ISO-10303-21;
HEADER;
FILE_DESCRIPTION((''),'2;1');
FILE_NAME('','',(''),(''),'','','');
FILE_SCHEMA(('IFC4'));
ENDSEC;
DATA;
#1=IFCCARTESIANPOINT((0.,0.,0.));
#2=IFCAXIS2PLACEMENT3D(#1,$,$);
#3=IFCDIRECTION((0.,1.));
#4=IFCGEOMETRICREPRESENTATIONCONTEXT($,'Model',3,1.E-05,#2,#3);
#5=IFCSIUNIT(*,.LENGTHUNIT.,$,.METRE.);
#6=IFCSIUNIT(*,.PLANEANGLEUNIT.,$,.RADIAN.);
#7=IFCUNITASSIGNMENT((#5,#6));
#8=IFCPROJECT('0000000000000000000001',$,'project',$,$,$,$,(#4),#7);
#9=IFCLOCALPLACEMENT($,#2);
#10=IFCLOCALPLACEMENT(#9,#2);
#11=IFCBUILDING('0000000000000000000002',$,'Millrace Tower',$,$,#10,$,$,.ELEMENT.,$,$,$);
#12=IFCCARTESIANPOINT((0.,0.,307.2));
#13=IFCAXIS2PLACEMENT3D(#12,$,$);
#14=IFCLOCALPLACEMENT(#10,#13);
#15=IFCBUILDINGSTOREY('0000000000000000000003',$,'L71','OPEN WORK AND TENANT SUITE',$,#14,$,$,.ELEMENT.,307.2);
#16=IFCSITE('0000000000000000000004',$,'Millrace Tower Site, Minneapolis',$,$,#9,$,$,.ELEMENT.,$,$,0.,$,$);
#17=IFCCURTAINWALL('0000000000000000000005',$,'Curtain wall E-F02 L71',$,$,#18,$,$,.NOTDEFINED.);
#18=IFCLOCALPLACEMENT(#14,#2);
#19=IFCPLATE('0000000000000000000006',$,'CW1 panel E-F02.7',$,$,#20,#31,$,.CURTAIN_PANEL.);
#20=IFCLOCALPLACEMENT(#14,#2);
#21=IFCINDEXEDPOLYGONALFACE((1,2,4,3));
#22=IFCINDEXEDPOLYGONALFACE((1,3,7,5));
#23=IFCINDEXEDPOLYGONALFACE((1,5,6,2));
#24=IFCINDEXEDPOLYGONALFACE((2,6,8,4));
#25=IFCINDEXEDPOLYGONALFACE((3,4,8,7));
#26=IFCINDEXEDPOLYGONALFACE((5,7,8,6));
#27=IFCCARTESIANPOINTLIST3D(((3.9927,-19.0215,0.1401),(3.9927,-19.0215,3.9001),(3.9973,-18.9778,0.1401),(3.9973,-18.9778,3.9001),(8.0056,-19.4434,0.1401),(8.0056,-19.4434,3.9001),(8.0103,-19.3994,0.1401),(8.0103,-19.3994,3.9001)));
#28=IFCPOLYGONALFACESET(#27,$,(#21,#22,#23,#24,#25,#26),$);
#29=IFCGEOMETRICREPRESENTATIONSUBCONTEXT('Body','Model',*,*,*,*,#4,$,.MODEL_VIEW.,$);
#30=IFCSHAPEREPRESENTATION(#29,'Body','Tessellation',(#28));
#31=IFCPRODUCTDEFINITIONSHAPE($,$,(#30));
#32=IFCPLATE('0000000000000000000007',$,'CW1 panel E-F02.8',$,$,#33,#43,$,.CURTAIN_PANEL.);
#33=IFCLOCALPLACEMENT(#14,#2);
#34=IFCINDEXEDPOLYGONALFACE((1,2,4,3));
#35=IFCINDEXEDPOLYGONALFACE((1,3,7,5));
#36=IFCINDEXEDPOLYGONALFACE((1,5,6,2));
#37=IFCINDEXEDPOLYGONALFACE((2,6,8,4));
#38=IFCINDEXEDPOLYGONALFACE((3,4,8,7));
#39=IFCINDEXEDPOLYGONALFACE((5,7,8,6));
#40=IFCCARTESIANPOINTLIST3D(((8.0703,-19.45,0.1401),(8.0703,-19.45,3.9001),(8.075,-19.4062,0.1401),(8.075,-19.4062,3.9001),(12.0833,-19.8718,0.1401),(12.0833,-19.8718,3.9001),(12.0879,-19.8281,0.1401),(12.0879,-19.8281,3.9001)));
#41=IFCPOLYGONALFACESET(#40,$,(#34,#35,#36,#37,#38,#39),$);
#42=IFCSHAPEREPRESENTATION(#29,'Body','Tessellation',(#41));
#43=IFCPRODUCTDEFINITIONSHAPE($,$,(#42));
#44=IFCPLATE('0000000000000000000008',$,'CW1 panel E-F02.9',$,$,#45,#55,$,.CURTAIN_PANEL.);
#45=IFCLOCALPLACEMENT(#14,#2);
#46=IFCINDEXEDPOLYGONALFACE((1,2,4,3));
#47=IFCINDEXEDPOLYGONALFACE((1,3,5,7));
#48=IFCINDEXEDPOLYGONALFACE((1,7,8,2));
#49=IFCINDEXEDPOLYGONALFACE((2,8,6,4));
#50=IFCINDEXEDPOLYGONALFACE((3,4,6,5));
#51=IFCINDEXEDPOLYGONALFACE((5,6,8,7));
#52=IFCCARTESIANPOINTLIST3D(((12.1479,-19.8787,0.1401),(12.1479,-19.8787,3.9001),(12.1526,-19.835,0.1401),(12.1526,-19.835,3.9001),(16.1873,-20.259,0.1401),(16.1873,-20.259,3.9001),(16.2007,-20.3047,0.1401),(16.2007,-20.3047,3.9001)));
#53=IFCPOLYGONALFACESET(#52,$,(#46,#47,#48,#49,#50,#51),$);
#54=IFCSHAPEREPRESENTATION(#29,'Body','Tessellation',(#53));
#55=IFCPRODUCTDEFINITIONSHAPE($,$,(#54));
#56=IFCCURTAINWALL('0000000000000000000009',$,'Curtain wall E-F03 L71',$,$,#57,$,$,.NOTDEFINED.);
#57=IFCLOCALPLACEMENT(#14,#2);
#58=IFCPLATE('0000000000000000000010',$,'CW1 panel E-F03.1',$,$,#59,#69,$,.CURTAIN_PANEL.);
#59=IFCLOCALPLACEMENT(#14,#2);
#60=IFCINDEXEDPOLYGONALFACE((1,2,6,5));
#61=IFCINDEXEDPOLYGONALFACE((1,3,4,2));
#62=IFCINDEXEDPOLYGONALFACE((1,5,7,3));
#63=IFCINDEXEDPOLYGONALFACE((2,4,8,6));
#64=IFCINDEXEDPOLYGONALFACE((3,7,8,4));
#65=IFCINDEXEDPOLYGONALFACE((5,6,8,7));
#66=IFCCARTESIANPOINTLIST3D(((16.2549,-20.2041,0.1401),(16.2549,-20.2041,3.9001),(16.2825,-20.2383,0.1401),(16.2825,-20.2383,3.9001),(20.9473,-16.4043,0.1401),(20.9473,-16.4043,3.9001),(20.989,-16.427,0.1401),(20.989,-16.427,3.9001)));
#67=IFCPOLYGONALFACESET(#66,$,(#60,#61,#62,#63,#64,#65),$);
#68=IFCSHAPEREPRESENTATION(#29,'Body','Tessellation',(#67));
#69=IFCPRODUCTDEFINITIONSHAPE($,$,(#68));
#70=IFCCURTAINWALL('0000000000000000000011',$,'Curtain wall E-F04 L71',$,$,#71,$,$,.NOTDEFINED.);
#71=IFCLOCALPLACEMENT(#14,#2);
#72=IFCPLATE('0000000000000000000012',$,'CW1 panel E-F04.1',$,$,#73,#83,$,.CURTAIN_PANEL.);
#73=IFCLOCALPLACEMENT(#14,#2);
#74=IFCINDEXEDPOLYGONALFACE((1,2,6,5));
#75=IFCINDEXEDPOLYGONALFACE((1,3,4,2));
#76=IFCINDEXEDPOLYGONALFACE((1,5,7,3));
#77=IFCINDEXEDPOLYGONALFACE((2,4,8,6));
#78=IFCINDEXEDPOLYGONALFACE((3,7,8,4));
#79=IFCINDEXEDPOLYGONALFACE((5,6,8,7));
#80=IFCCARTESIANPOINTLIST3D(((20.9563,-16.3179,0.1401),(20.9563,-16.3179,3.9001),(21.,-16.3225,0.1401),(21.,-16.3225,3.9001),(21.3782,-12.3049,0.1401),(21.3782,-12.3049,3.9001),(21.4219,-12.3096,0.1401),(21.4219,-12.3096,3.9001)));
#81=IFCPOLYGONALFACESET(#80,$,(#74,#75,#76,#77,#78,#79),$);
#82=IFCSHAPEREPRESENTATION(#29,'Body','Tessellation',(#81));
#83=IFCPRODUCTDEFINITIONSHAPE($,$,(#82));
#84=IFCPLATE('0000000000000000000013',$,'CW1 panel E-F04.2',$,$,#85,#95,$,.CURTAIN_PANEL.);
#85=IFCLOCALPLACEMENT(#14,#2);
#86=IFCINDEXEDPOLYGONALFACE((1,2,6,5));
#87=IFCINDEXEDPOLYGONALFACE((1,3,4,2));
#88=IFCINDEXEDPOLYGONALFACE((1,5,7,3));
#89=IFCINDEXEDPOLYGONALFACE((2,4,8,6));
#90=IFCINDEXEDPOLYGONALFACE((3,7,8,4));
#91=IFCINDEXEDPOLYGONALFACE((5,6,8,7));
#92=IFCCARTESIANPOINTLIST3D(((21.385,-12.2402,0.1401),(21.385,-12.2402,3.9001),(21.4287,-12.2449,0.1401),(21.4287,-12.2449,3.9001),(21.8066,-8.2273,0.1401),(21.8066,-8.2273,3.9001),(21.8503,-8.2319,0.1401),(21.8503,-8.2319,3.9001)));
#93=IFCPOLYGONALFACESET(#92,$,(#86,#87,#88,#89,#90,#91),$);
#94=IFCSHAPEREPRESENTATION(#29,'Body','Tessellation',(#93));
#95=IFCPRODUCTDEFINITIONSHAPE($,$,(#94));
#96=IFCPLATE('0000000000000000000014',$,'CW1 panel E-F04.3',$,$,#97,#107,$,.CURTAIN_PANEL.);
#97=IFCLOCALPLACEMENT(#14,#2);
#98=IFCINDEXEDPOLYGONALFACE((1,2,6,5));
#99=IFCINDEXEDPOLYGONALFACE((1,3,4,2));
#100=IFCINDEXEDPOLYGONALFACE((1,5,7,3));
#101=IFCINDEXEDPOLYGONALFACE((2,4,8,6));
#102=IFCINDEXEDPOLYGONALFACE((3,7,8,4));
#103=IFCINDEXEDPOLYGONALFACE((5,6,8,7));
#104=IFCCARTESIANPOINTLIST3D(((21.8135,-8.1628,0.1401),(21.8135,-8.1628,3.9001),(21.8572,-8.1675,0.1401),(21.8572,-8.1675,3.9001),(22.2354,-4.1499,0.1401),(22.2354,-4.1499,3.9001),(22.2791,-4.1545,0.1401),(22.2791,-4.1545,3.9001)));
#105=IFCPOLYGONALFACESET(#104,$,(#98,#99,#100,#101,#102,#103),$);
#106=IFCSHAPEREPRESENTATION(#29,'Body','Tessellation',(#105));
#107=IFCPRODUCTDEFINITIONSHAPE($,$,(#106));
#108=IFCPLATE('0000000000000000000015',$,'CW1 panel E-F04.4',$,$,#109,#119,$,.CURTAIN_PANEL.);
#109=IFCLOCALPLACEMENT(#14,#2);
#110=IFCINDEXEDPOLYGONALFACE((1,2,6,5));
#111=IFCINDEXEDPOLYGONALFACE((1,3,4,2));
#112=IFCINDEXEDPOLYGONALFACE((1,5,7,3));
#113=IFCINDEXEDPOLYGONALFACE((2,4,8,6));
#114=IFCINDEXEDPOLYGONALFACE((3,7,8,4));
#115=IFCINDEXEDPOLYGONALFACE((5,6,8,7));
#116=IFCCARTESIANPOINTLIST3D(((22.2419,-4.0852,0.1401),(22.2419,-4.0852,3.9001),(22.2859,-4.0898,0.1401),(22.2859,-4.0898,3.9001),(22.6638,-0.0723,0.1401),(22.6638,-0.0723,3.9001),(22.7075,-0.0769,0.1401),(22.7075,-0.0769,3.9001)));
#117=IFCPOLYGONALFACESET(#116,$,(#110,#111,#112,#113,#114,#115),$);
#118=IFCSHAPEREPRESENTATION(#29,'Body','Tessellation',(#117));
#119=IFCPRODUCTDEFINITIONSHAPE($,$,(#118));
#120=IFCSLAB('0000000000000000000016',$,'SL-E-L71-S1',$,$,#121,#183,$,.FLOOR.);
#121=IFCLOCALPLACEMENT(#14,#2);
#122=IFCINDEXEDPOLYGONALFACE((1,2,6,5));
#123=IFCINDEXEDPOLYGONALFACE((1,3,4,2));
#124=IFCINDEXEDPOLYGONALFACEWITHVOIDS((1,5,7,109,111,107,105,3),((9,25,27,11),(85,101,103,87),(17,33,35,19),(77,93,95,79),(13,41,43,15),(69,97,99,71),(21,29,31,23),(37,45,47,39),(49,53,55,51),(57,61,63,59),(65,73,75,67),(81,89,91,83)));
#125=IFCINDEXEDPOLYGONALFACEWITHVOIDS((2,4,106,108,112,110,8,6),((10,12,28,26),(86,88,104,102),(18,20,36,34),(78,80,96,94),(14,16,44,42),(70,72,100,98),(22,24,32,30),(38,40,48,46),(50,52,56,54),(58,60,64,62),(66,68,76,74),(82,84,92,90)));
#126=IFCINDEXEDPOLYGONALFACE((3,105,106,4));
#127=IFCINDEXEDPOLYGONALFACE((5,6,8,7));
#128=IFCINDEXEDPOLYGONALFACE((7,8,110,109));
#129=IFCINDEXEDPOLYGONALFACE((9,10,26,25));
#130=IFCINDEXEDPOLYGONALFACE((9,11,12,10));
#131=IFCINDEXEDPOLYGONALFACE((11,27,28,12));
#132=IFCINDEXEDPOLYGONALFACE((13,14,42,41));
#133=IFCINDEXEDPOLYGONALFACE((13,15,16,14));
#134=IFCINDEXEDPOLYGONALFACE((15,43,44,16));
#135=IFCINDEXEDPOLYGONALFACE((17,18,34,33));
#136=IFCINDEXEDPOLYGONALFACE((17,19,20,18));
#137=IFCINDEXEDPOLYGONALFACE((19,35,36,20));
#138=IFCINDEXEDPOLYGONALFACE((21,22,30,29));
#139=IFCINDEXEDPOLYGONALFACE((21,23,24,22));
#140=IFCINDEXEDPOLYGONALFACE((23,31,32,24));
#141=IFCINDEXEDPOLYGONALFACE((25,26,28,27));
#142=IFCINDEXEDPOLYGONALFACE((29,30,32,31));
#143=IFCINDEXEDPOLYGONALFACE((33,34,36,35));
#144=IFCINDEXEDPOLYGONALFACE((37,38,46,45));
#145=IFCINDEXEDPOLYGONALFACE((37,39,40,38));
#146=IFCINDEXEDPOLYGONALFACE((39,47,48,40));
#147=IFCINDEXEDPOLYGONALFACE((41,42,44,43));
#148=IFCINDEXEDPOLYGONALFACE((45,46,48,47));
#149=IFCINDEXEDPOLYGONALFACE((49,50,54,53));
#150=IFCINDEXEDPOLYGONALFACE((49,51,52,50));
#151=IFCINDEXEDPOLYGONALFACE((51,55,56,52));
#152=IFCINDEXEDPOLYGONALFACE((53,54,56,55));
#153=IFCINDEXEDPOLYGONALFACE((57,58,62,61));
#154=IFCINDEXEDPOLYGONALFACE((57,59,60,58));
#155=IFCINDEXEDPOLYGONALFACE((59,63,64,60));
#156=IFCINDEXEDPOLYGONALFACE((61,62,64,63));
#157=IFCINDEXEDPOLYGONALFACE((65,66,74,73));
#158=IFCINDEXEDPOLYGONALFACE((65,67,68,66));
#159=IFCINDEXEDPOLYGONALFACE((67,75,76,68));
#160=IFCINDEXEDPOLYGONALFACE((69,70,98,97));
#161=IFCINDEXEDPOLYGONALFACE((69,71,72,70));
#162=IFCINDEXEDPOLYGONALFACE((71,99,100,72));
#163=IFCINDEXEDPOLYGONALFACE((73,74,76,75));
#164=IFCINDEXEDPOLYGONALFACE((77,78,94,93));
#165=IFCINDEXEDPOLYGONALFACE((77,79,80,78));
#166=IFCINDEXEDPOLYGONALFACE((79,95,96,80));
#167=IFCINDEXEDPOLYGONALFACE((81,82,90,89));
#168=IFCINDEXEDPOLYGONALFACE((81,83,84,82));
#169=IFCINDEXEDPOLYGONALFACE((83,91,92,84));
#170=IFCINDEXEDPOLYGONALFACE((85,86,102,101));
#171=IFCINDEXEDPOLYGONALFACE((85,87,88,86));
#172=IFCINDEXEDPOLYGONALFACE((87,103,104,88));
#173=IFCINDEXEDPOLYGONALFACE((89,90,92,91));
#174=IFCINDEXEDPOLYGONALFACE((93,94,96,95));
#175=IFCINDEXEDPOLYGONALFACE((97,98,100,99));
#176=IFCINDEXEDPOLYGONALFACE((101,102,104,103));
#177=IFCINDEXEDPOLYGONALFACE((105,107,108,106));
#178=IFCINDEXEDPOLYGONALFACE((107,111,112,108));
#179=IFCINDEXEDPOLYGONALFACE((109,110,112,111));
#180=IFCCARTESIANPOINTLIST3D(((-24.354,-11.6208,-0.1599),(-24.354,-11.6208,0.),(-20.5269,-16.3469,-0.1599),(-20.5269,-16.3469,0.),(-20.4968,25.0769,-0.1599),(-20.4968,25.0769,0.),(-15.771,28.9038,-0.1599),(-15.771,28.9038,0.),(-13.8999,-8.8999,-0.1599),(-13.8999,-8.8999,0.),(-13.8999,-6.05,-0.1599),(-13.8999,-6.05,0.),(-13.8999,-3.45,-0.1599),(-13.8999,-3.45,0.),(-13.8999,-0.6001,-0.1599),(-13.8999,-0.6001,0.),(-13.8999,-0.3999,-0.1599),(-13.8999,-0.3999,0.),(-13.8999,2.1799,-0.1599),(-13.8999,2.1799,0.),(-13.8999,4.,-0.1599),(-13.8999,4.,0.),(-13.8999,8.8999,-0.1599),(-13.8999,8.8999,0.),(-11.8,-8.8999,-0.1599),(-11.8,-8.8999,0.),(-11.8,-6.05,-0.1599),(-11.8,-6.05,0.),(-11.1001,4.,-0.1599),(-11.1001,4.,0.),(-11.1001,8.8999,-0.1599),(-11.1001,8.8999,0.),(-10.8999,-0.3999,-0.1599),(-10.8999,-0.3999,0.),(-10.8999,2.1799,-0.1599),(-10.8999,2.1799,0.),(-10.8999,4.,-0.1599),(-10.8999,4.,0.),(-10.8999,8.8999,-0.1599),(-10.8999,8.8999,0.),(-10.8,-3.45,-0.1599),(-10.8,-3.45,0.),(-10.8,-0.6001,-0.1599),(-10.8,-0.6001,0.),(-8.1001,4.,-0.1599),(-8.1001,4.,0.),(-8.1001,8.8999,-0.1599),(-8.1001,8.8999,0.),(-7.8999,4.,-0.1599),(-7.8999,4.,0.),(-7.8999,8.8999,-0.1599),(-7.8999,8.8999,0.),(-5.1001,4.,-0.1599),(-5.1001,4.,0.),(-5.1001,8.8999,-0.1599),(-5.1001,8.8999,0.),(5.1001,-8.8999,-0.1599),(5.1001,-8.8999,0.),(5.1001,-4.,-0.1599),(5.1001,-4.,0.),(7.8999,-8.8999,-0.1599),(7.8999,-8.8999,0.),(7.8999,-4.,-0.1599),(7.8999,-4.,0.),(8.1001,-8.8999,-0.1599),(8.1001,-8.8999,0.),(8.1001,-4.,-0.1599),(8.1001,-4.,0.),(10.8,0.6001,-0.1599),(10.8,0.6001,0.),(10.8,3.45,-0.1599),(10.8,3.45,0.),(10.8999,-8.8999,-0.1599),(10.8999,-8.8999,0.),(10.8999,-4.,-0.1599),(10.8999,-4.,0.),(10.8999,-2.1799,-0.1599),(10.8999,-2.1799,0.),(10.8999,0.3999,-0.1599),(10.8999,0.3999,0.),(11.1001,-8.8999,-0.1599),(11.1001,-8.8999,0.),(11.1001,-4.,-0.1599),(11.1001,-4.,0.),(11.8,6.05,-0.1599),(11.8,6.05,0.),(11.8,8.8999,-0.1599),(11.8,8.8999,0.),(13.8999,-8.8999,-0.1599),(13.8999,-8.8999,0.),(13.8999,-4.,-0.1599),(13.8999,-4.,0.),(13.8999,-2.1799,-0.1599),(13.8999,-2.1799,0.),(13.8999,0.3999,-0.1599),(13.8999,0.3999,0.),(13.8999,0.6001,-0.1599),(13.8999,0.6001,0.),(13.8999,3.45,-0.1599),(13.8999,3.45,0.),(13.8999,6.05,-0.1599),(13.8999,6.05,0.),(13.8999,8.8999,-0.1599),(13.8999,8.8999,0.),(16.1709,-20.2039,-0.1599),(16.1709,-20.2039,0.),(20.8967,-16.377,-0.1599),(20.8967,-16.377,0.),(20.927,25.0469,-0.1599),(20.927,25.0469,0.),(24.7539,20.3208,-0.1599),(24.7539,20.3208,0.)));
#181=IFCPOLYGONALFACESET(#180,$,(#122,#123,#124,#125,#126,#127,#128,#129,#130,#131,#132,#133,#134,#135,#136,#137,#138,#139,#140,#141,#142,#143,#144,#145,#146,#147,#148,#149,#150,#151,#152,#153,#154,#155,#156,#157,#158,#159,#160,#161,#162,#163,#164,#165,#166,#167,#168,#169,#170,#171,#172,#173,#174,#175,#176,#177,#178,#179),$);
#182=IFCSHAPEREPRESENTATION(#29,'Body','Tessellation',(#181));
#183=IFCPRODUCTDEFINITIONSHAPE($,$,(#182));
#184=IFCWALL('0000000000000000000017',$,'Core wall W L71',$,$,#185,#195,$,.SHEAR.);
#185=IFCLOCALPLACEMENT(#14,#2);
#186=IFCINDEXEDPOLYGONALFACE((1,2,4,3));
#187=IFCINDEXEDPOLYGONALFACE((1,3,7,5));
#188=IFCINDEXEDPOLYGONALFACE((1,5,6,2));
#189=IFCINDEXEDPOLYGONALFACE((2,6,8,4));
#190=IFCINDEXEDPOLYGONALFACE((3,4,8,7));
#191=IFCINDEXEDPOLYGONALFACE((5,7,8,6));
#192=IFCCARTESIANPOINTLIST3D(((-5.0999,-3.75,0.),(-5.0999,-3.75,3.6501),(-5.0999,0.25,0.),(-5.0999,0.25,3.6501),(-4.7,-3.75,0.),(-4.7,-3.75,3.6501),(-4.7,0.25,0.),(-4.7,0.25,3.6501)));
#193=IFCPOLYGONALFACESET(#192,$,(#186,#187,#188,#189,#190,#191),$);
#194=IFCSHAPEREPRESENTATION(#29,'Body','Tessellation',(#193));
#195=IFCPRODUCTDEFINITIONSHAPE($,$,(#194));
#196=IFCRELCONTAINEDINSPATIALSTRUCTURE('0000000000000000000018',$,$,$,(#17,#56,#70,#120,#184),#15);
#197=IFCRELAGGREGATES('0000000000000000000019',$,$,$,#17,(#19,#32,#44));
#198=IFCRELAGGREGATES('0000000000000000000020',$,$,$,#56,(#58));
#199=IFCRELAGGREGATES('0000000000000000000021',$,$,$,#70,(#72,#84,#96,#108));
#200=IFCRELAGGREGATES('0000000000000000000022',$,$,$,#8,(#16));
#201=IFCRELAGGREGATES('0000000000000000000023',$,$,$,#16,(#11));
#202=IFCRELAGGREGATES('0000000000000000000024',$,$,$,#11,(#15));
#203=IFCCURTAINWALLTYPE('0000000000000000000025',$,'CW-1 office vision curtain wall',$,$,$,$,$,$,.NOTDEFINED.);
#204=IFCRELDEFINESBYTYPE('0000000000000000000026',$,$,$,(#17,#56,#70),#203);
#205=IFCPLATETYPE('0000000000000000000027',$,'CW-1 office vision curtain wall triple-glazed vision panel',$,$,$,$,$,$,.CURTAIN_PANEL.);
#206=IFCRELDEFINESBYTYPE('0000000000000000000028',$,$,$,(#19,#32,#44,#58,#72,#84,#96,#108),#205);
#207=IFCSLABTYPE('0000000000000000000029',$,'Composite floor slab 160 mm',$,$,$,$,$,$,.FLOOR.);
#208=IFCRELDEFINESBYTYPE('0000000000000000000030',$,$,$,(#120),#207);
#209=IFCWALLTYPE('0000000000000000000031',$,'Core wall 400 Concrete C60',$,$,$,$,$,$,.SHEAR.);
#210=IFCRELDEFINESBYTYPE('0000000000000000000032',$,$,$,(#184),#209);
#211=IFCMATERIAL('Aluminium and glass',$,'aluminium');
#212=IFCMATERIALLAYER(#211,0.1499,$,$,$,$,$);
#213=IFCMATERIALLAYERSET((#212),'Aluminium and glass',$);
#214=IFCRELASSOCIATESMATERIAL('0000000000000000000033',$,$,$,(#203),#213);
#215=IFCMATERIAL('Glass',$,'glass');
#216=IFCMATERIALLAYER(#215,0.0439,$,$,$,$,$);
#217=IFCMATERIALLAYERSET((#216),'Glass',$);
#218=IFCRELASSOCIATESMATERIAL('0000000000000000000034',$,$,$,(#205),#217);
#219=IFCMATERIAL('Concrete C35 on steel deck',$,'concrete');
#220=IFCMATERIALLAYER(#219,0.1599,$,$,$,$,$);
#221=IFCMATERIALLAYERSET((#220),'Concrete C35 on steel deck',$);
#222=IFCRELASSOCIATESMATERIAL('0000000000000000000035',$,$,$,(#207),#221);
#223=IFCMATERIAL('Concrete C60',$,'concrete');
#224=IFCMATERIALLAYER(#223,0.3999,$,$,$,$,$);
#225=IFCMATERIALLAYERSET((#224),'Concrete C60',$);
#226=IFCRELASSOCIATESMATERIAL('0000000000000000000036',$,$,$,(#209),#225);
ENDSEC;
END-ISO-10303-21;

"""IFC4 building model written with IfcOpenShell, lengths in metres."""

from ifc_helpers import new_model, si_unit, direction, frame, frame_2d, origin, place, context, subcontext, project, spatial, polyline, rectangle, outline, extrude, material, layer, layer_set, type_object, element, aggregate, save


model = new_model("IFC4")

# Units and contexts
model_context = context("Model", 3, precision=1e-05, world=origin(), true_north=direction((0.0, 1.0)))
body_context = subcontext(model_context, "Body", "Model", "MODEL_VIEW")
ifc_project = project(units=[si_unit("LENGTHUNIT", "METRE"), si_unit("PLANEANGLEUNIT", "RADIAN")], contexts=[model_context])

# Site, building, storey
site_placement = place(None, origin())
site = spatial("IfcSite", under=ifc_project, at=site_placement, Name="Millrace Tower Site, Minneapolis", CompositionType="ELEMENT", RefElevation=0.0)
building_placement = place(site_placement, origin())
building = spatial("IfcBuilding", under=site, at=building_placement, Name="Millrace Tower", CompositionType="ELEMENT")
storey_placement = place(building_placement, frame((0.0, 0.0, 307.2)))
storey = spatial("IfcBuildingStorey", under=building, at=storey_placement, Name="L71", Description="OPEN WORK AND TENANT SUITE", CompositionType="ELEMENT", Elevation=307.2)

# Shared definitions
ifc_material_1 = material(Name="Aluminium and glass", Category="aluminium")
ifc_layer_1 = layer(ifc_material_1, 0.1499)
ifc_layer_set_1 = layer_set([ifc_layer_1], Name="Aluminium and glass")
curtain_wall_type = type_object("IfcCurtainWallType", Name="CW-1 office vision curtain wall", PredefinedType="NOTDEFINED", material=ifc_layer_set_1)
placement_1 = place(storey_placement, origin())
ifc_material_2 = material(Name="Glass", Category="glass")
ifc_layer_2 = layer(ifc_material_2, 0.0439)
ifc_layer_set_2 = layer_set([ifc_layer_2], Name="Glass")
plate_type = type_object("IfcPlateType", Name="CW-1 office vision curtain wall triple-glazed vision panel", PredefinedType="CURTAIN_PANEL", material=ifc_layer_set_2)
placement_2 = place(storey_placement, frame((0.0, 0.0, 0.1401)))

# Curtain wall, plates
curtain_wall_1 = element("IfcCurtainWall", 1, at=placement_1, inside=storey, type_object=curtain_wall_type, Name="Curtain wall E-F02 L71", PredefinedType="NOTDEFINED")
plate_1 = element("IfcPlate", 2, at=placement_2, type_object=plate_type, Name="CW1 panel E-F02.7", PredefinedType="CURTAIN_PANEL", context=body_context, shape_type="SweptSolid", body=[
    extrude(outline(polyline([(3.9927, -19.0215), (8.0056, -19.4434), (8.0103, -19.3994), (3.9973, -18.9778), (3.9927, -19.0215)])), origin(), (0.0, 0.0, 1.0), 3.76),
])
plate_2 = element("IfcPlate", 3, at=placement_2, type_object=plate_type, Name="CW1 panel E-F02.8", PredefinedType="CURTAIN_PANEL", context=body_context, shape_type="SweptSolid", body=[
    extrude(outline(polyline([(8.0703, -19.45), (12.0833, -19.8718), (12.0879, -19.8281), (8.075, -19.4062), (8.0703, -19.45)])), origin(), (0.0, 0.0, 1.0), 3.76),
])
plate_3 = element("IfcPlate", 4, at=placement_2, type_object=plate_type, Name="CW1 panel E-F02.9", PredefinedType="CURTAIN_PANEL", context=body_context, shape_type="SweptSolid", body=[
    extrude(outline(polyline([(12.1479, -19.8787), (16.2007, -20.3047), (16.1873, -20.259), (12.1526, -19.835), (12.1479, -19.8787)])), origin(), (0.0, 0.0, 1.0), 3.76),
])
aggregate(curtain_wall_1, [plate_1, plate_2, plate_3])

# Curtain wall, plate
curtain_wall_2 = element("IfcCurtainWall", 5, at=placement_1, inside=storey, type_object=curtain_wall_type, Name="Curtain wall E-F03 L71", PredefinedType="NOTDEFINED")
plate_4 = element("IfcPlate", 6, at=placement_2, type_object=plate_type, Name="CW1 panel E-F03.1", PredefinedType="CURTAIN_PANEL", context=body_context, shape_type="SweptSolid", body=[
    extrude(outline(polyline([(16.2825, -20.2383), (20.989, -16.427), (20.9473, -16.4043), (16.2549, -20.2041), (16.2825, -20.2383)])), origin(), (0.0, 0.0, 1.0), 3.76),
])
aggregate(curtain_wall_2, [plate_4])

# Curtain wall, plates
curtain_wall_3 = element("IfcCurtainWall", 7, at=placement_1, inside=storey, type_object=curtain_wall_type, Name="Curtain wall E-F04 L71", PredefinedType="NOTDEFINED")
plate_5 = element("IfcPlate", 8, at=placement_2, type_object=plate_type, Name="CW1 panel E-F04.1", PredefinedType="CURTAIN_PANEL", context=body_context, shape_type="SweptSolid", body=[
    extrude(outline(polyline([(21.0, -16.3225), (21.4219, -12.3096), (21.3782, -12.3049), (20.9563, -16.3179), (21.0, -16.3225)])), origin(), (0.0, 0.0, 1.0), 3.76),
])
plate_6 = element("IfcPlate", 9, at=placement_2, type_object=plate_type, Name="CW1 panel E-F04.2", PredefinedType="CURTAIN_PANEL", context=body_context, shape_type="SweptSolid", body=[
    extrude(outline(polyline([(21.4287, -12.2449), (21.8503, -8.2319), (21.8066, -8.2273), (21.385, -12.2402), (21.4287, -12.2449)])), origin(), (0.0, 0.0, 1.0), 3.76),
])
plate_7 = element("IfcPlate", 10, at=placement_2, type_object=plate_type, Name="CW1 panel E-F04.3", PredefinedType="CURTAIN_PANEL", context=body_context, shape_type="SweptSolid", body=[
    extrude(outline(polyline([(21.8572, -8.1675), (22.2791, -4.1545), (22.2354, -4.1499), (21.8135, -8.1628), (21.8572, -8.1675)])), origin(), (0.0, 0.0, 1.0), 3.76),
])
plate_8 = element("IfcPlate", 11, at=placement_2, type_object=plate_type, Name="CW1 panel E-F04.4", PredefinedType="CURTAIN_PANEL", context=body_context, shape_type="SweptSolid", body=[
    extrude(outline(polyline([(22.2859, -4.0898), (22.7075, -0.0769), (22.6638, -0.0723), (22.2419, -4.0852), (22.2859, -4.0898)])), origin(), (0.0, 0.0, 1.0), 3.76),
])
aggregate(curtain_wall_3, [plate_5, plate_6, plate_7, plate_8])

# Slab
ifc_material_3 = material(Name="Concrete C35 on steel deck", Category="concrete")
ifc_layer_3 = layer(ifc_material_3, 0.1599)
ifc_layer_set_3 = layer_set([ifc_layer_3], Name="Concrete C35 on steel deck")
slab_type = type_object("IfcSlabType", Name="Composite floor slab 160 mm", PredefinedType="FLOOR", material=ifc_layer_set_3)
slab_placement = place(storey_placement, frame((0.0, 0.0, -0.1599)))
element("IfcSlab", 12, at=slab_placement, inside=storey, type_object=slab_type, Name="SL-E-L71-S1", PredefinedType="FLOOR", context=body_context, shape_type="SweptSolid", body=[
    extrude(outline(polyline([(-24.354, -11.6208), (-20.5269, -16.3469), (16.1709, -20.2039), (20.8967, -16.377), (24.7539, 20.3208), (20.927, 25.0469), (-15.771, 28.9038), (-20.4968, 25.0769), (-24.354, -11.6208)]), holes=[polyline([(-13.8999, -8.8999), (-11.8, -8.8999), (-11.8, -6.05), (-13.8999, -6.05), (-13.8999, -8.8999)]), polyline([(-13.8999, -3.45), (-10.8, -3.45), (-10.8, -0.6001), (-13.8999, -0.6001), (-13.8999, -3.45)]), polyline([(-13.8999, -0.3999), (-10.8999, -0.3999), (-10.8999, 2.1799), (-13.8999, 2.1799), (-13.8999, -0.3999)]), polyline([(-13.8999, 4.0), (-11.1001, 4.0), (-11.1001, 8.8999), (-13.8999, 8.8999), (-13.8999, 4.0)]), polyline([(-10.8999, 4.0), (-8.1001, 4.0), (-8.1001, 8.8999), (-10.8999, 8.8999), (-10.8999, 4.0)]), polyline([(-7.8999, 4.0), (-5.1001, 4.0), (-5.1001, 8.8999), (-7.8999, 8.8999), (-7.8999, 4.0)]), polyline([(11.8, 6.05), (13.8999, 6.05), (13.8999, 8.8999), (11.8, 8.8999), (11.8, 6.05)]), polyline([(10.8, 0.6001), (13.8999, 0.6001), (13.8999, 3.45), (10.8, 3.45), (10.8, 0.6001)]), polyline([(10.8999, -2.1799), (13.8999, -2.1799), (13.8999, 0.3999), (10.8999, 0.3999), (10.8999, -2.1799)]), polyline([(11.1001, -8.8999), (13.8999, -8.8999), (13.8999, -4.0), (11.1001, -4.0), (11.1001, -8.8999)]), polyline([(8.1001, -8.8999), (10.8999, -8.8999), (10.8999, -4.0), (8.1001, -4.0), (8.1001, -8.8999)]), polyline([(5.1001, -8.8999), (7.8999, -8.8999), (7.8999, -4.0), (5.1001, -4.0), (5.1001, -8.8999)])]), origin(), (0.0, 0.0, 1.0), 0.1599),
])

# Wall
ifc_material_4 = material(Name="Concrete C60", Category="concrete")
ifc_layer_4 = layer(ifc_material_4, 0.3999)
ifc_layer_set_4 = layer_set([ifc_layer_4], Name="Concrete C60")
wall_type_1 = type_object("IfcWallType", Name="Core wall 400 Concrete C60", PredefinedType="SHEAR", material=ifc_layer_set_4)
wall_1_placement = place(storey_placement, frame((-4.8999, -3.75, 0.0), z_axis=(0.0, 0.0, 1.0), x_axis=(0.0, 1.0, 0.0)))
element("IfcWall", 13, at=wall_1_placement, inside=storey, type_object=wall_type_1, Name="Core wall W L71", PredefinedType="SHEAR", context=body_context, shape_type="SweptSolid", body=[
    extrude(rectangle(XDim=4.0, YDim=0.3999, at=frame_2d((2.0, 0.0))), origin(), (0.0, 0.0, 1.0), 3.6501),
])

save(model, "model.ifc")
